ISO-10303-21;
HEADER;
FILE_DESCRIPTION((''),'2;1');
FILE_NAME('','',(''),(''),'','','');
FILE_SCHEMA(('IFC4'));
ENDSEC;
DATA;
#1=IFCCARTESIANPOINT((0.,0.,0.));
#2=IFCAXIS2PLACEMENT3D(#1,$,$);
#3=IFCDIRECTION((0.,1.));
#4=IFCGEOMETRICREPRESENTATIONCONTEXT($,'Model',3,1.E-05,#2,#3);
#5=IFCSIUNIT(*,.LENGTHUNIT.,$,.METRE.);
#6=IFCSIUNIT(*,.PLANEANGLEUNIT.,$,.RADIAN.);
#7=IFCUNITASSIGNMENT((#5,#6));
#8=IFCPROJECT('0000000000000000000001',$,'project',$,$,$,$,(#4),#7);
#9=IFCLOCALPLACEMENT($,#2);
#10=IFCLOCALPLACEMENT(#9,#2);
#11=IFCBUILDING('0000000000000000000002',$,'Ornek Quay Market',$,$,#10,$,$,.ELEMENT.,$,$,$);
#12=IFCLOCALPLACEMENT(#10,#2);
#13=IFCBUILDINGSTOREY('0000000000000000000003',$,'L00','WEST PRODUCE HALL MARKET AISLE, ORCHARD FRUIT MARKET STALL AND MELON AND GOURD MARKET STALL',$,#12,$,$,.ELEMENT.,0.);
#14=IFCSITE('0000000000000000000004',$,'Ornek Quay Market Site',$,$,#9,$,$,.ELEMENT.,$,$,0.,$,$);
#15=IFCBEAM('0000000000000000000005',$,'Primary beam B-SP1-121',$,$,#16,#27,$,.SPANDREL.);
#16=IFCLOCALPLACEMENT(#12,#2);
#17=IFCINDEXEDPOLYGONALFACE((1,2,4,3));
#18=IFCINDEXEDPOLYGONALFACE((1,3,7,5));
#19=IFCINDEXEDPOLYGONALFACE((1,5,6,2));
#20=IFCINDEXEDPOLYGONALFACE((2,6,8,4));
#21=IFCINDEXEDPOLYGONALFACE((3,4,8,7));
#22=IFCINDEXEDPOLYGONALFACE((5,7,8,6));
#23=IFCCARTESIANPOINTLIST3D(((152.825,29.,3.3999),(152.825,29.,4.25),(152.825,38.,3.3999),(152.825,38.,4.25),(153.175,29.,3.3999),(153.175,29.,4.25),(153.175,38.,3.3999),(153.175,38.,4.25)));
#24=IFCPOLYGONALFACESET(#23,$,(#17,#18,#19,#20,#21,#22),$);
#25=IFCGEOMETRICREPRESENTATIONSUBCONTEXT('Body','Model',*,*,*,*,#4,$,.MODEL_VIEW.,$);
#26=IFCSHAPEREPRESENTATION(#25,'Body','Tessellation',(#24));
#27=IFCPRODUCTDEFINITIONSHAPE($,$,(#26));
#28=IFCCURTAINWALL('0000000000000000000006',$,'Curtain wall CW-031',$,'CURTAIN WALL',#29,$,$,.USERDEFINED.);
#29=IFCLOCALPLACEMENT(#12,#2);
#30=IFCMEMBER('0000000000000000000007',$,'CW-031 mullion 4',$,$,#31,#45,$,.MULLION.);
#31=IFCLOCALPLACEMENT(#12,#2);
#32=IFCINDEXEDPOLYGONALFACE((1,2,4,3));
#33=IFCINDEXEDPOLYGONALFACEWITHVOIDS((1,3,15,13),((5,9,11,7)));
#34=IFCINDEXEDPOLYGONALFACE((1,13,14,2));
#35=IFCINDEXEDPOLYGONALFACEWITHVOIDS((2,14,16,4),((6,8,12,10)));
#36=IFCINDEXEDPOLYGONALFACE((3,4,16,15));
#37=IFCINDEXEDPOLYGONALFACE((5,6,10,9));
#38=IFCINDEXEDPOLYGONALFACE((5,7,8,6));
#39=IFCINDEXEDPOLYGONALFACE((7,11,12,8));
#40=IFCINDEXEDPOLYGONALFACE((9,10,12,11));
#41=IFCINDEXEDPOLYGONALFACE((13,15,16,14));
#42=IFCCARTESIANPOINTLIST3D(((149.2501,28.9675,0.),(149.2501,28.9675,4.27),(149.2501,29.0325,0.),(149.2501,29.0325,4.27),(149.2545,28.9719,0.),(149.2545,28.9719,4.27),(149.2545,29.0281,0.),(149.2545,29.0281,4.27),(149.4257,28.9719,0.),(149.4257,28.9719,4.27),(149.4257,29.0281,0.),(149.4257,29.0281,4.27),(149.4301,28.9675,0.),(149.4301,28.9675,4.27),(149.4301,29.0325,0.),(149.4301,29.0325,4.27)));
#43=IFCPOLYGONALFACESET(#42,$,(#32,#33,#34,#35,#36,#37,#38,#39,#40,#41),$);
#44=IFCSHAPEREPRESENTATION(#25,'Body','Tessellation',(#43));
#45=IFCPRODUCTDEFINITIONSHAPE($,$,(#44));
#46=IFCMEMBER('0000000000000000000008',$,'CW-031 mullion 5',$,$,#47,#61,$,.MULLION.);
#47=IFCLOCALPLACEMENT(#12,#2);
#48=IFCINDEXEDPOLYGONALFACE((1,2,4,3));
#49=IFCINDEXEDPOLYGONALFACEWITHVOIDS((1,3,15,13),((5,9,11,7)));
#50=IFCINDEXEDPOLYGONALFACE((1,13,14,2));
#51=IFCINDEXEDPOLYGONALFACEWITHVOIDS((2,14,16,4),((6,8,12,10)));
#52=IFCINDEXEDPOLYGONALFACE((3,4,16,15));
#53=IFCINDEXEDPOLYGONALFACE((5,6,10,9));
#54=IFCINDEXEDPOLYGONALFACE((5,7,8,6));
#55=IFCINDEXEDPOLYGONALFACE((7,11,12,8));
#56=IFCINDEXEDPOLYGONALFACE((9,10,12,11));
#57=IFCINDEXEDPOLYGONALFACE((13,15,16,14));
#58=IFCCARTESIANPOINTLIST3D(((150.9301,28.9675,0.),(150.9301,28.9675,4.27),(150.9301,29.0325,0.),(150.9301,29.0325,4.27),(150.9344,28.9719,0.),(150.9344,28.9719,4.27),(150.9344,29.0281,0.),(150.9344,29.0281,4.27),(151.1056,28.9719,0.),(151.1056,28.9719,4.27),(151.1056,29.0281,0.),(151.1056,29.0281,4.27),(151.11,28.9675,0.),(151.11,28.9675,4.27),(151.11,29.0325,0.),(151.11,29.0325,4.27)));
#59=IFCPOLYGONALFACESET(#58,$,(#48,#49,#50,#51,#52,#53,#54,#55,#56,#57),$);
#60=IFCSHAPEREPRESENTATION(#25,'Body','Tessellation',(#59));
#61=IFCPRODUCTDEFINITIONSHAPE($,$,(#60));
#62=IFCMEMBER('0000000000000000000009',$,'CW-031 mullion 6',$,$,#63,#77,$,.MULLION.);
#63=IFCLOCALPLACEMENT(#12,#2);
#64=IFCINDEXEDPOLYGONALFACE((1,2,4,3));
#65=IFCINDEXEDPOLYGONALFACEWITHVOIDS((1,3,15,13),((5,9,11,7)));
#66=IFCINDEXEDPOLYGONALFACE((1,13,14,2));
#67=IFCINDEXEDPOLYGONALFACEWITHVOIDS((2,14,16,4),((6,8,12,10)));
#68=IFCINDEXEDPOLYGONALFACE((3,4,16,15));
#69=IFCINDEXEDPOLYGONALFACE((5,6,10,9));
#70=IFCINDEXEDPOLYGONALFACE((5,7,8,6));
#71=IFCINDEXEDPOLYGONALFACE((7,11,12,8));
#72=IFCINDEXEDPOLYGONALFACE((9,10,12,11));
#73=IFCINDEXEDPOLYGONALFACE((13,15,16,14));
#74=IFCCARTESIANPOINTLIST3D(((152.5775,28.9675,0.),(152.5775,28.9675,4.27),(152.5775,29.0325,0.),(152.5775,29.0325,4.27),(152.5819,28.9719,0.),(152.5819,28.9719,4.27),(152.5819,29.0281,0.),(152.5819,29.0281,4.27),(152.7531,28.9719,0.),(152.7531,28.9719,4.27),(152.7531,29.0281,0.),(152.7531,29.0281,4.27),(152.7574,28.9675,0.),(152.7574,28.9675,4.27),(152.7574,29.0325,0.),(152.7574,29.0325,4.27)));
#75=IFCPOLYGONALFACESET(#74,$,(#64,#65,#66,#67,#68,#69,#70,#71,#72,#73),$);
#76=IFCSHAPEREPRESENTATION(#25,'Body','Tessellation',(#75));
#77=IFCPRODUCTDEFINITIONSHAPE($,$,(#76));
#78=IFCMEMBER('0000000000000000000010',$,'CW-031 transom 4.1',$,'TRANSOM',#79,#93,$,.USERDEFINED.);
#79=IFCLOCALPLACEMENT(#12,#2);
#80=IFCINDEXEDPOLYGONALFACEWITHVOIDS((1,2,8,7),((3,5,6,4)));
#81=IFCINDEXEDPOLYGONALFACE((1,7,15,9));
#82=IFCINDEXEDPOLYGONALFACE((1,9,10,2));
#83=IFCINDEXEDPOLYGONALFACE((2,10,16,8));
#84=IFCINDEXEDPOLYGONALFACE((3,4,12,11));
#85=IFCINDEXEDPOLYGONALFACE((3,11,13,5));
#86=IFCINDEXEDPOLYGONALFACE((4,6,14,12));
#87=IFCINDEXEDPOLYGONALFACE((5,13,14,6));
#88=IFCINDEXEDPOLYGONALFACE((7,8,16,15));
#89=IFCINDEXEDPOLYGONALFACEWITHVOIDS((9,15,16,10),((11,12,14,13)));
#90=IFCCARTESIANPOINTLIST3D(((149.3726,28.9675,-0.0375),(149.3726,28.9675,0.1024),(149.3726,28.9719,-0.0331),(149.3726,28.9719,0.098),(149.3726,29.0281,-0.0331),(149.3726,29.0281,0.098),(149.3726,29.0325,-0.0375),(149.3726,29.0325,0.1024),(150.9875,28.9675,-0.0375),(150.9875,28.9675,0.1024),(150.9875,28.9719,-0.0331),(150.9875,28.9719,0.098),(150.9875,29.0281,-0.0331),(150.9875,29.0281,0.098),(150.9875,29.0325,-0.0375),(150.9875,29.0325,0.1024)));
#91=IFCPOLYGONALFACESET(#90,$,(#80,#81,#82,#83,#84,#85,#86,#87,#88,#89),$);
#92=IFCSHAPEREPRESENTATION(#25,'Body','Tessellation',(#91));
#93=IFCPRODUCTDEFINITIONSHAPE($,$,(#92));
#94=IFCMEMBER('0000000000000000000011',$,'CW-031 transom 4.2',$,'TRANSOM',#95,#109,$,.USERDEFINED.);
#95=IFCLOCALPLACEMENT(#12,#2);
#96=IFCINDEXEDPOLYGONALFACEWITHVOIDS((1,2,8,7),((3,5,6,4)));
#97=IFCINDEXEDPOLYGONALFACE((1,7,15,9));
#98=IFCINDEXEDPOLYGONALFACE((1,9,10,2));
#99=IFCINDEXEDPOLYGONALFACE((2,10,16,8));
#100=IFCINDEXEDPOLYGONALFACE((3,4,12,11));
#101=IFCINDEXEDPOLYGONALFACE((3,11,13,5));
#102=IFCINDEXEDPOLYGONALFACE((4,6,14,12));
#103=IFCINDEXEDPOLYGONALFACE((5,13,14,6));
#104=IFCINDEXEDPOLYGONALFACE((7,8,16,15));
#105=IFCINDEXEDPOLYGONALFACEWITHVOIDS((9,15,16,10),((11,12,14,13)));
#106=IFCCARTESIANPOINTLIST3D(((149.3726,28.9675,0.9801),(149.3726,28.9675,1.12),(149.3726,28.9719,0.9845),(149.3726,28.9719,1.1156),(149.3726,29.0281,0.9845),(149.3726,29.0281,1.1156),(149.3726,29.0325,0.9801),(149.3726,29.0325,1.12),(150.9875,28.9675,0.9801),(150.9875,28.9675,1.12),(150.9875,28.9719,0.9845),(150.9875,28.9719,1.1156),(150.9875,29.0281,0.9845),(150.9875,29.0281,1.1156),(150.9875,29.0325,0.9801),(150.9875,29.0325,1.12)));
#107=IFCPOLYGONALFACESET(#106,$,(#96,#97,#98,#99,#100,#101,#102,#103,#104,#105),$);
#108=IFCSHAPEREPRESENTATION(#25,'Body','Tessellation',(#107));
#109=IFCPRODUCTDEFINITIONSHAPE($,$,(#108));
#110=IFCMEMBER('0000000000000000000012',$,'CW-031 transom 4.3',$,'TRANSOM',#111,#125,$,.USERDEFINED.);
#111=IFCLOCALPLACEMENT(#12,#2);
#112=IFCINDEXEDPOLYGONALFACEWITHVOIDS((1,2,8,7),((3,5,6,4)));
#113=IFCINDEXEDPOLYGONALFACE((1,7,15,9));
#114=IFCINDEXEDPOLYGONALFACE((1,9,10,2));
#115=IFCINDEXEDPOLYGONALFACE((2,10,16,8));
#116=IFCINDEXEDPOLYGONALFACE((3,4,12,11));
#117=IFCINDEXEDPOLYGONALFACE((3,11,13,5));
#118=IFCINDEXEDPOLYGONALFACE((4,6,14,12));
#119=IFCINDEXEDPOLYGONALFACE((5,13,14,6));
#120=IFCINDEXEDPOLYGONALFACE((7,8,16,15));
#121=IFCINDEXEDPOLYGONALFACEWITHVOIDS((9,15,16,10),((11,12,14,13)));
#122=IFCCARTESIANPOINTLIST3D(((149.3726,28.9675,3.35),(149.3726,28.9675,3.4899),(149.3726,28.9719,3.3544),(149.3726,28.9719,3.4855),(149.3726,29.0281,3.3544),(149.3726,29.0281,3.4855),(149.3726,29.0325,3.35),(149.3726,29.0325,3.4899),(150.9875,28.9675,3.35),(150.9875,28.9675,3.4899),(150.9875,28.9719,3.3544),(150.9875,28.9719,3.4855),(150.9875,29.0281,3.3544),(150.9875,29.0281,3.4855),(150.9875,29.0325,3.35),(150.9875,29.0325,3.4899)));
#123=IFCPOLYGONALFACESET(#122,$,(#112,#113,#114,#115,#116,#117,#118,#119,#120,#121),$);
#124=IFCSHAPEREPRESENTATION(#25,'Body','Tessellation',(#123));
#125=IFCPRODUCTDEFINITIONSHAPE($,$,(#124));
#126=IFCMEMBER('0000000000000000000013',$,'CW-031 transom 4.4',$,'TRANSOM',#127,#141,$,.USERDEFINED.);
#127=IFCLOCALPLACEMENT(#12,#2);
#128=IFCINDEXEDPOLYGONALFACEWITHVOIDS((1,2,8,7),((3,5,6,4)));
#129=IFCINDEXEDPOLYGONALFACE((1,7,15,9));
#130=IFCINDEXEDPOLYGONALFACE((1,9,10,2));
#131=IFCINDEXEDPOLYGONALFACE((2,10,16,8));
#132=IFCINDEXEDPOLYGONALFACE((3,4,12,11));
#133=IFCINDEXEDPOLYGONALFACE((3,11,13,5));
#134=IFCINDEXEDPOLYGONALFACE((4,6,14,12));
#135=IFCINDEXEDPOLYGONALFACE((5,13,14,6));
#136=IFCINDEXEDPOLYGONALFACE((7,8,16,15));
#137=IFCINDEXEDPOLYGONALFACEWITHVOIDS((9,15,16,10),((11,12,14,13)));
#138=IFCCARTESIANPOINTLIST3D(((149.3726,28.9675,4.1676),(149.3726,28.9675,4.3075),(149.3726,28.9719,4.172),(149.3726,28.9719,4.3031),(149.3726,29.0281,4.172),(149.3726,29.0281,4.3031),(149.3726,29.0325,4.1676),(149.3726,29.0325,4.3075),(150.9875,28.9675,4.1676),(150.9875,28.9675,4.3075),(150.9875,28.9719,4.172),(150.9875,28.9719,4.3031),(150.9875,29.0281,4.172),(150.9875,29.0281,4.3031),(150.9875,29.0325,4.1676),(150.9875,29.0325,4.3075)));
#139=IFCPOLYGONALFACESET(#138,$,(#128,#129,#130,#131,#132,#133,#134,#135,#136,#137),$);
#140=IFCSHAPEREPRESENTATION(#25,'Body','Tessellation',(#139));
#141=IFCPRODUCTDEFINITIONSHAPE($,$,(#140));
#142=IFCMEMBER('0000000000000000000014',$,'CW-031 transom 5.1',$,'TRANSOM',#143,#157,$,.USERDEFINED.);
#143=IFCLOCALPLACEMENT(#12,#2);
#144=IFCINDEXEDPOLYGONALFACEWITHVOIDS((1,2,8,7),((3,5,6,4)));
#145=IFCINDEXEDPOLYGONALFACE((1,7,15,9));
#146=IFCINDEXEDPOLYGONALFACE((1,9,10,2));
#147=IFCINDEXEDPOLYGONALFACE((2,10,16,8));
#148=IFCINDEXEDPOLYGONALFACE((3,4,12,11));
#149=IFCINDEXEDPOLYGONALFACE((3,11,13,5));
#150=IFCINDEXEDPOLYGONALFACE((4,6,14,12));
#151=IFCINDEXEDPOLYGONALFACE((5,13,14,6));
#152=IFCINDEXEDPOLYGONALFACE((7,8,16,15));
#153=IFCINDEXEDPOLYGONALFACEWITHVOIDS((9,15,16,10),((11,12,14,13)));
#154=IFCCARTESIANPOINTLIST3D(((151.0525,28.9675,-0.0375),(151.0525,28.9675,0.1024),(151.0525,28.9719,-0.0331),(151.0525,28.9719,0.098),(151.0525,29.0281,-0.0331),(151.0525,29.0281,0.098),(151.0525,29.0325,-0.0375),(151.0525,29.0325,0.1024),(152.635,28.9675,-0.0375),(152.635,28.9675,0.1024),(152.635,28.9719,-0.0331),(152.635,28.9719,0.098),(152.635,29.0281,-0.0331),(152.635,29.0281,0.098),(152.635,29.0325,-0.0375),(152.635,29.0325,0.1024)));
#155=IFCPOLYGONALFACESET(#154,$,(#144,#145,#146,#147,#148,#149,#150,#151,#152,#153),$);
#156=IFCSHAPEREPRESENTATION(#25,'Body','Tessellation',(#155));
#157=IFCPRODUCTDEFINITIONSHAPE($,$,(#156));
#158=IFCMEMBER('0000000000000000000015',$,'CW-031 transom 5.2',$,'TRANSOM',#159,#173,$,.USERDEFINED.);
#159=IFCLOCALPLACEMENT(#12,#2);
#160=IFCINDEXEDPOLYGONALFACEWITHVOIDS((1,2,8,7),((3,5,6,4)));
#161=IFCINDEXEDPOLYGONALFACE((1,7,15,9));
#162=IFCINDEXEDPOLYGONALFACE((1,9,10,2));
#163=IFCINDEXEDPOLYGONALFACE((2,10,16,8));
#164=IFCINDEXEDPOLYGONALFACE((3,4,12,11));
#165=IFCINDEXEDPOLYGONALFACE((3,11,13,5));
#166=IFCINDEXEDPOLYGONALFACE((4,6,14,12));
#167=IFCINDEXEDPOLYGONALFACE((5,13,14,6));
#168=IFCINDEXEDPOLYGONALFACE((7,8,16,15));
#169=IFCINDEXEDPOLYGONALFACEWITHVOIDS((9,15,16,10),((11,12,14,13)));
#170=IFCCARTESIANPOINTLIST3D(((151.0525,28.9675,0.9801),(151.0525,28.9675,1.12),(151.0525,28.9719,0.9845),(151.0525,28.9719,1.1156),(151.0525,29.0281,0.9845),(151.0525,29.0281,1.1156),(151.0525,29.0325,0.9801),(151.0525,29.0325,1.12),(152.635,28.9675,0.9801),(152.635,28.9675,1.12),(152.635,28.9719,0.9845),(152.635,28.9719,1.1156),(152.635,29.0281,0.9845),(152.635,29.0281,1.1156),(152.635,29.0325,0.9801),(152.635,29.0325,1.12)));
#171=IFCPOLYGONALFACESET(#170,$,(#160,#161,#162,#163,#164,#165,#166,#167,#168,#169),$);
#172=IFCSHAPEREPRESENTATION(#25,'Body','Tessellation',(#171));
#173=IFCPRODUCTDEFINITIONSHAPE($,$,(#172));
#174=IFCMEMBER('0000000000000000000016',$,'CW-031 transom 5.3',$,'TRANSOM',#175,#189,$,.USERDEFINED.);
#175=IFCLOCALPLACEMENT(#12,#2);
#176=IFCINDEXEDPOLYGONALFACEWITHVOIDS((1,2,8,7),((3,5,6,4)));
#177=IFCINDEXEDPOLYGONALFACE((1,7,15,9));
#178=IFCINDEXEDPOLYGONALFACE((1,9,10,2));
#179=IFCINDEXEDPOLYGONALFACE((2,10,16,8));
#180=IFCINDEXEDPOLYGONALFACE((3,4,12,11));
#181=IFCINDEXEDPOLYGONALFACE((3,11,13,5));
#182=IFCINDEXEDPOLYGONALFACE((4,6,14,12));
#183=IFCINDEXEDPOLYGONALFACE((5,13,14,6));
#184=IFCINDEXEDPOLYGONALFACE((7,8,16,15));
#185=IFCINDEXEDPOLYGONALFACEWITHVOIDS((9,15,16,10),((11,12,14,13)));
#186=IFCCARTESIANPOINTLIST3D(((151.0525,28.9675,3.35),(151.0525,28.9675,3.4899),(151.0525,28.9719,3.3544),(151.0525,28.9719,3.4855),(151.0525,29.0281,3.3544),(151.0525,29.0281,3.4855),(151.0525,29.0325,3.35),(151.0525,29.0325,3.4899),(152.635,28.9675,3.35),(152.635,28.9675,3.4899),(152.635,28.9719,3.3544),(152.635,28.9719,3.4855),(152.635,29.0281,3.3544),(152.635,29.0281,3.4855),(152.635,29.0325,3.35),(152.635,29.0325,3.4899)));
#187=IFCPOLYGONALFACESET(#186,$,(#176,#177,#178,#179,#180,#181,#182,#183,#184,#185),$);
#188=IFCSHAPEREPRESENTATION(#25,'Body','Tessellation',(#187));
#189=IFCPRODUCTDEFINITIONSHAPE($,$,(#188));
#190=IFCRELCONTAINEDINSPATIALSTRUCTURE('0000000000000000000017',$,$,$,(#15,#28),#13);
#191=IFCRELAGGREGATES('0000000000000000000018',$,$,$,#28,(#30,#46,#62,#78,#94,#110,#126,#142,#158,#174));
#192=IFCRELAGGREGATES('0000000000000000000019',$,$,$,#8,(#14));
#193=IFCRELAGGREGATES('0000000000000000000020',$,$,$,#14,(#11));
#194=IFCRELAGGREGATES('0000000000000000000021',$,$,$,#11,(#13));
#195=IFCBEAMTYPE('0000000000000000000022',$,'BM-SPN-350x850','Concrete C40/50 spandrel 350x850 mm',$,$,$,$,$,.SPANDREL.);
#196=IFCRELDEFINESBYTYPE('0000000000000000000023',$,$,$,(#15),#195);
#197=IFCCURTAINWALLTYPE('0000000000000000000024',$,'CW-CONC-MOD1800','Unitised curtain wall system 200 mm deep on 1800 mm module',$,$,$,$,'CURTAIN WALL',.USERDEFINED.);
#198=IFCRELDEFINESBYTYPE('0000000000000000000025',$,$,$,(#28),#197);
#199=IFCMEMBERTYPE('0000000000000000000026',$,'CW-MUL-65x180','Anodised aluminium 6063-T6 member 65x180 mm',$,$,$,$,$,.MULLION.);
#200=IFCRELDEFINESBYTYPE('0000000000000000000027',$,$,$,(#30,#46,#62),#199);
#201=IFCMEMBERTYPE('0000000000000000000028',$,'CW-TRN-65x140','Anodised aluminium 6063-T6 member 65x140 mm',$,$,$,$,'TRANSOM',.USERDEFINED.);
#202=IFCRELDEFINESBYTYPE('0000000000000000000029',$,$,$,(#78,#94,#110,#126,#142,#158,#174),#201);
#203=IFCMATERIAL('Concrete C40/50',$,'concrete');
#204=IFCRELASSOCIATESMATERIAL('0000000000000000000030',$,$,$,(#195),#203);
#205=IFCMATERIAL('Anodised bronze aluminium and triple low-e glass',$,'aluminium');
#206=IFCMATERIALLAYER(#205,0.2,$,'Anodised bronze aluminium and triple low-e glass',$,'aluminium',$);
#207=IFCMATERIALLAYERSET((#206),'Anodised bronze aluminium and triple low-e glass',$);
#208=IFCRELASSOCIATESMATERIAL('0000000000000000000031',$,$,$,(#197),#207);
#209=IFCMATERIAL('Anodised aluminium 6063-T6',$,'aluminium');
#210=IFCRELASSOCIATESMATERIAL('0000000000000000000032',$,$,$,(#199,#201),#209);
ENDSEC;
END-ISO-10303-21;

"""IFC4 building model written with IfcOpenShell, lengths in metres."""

from ifc_helpers import new_model, si_unit, direction, frame, origin, origin_2d, place, context, subcontext, project, spatial, rectangle, hollow_rectangle, extrude, material, layer, layer_set, material_profile, profile_set, type_object, element, aggregate, save


model = new_model("IFC4")

# Units and contexts
model_context = context("Model", 3, precision=1e-05, world=origin(), true_north=direction((0.0, 1.0)))
body_context = subcontext(model_context, "Body", "Model", "MODEL_VIEW")
ifc_project = project(units=[si_unit("LENGTHUNIT", "METRE"), si_unit("PLANEANGLEUNIT", "RADIAN")], contexts=[model_context])

# Site, building, storey
site_placement = place(None, origin())
site = spatial("IfcSite", under=ifc_project, at=site_placement, Name="Ornek Quay Market Site", CompositionType="ELEMENT", RefElevation=0.0)
building_placement = place(site_placement, origin())
building = spatial("IfcBuilding", under=site, at=building_placement, Name="Ornek Quay Market", CompositionType="ELEMENT")
storey_placement = place(building_placement, origin())
storey = spatial("IfcBuildingStorey", under=building, at=storey_placement, Name="L00", Description="WEST PRODUCE HALL MARKET AISLE, ORCHARD FRUIT MARKET STALL AND MELON AND GOURD MARKET STALL", CompositionType="ELEMENT", Elevation=0.0)

# Shared definitions
ifc_material_1 = material(Name="Concrete C40/50", Category="concrete")

# Beam
ifc_material_profile_1 = material_profile(ifc_material_1, rectangle(XDim=0.3501, YDim=0.8501, at=origin_2d()), Name="RC 350x850", Category="concrete")
ifc_profile_set_1 = profile_set([ifc_material_profile_1], Name="Concrete C40/50")
beam_type_1 = type_object("IfcBeamType", Name="BM-SPN-350x850", Description="Concrete C40/50 spandrel 350x850 mm", PredefinedType="SPANDREL", material=ifc_profile_set_1)
beam_1_placement = place(storey_placement, frame((153.0, 29.0, 3.825), z_axis=(0.0, 1.0, 0.0), x_axis=(-1.0, 0.0, 0.0)))
element("IfcBeam", 1, at=beam_1_placement, inside=storey, type_object=beam_type_1, Name="Primary beam B-SP1-121", PredefinedType="SPANDREL", context=body_context, shape_type="SweptSolid", body=[
    extrude(rectangle(XDim=0.3501, YDim=0.8501, at=origin_2d()), origin(), (0.0, 0.0, 1.0), 9.0),
])

# Curtain wall, members
ifc_material_2 = material(Name="Anodised bronze aluminium and triple low-e glass", Category="aluminium")
ifc_layer_1 = layer(ifc_material_2, 0.2, Name="Anodised bronze aluminium and triple low-e glass", Category="aluminium")
ifc_layer_set_1 = layer_set([ifc_layer_1], Name="Anodised bronze aluminium and triple low-e glass")
curtain_wall_type = type_object("IfcCurtainWallType", Name="CW-CONC-MOD1800", Description="Unitised curtain wall system 200 mm deep on 1800 mm module", ElementType="CURTAIN WALL", PredefinedType="USERDEFINED", material=ifc_layer_set_1)
curtain_wall_placement = place(storey_placement, origin())
curtain_wall = element("IfcCurtainWall", 2, at=curtain_wall_placement, inside=storey, type_object=curtain_wall_type, Name="Curtain wall CW-031", ObjectType="CURTAIN WALL", PredefinedType="USERDEFINED")
ifc_material_3 = material(Name="Anodised aluminium 6063-T6", Category="aluminium")
ifc_material_profile_2 = material_profile(ifc_material_3, hollow_rectangle(XDim=0.0649, YDim=0.1799, WallThickness=0.0044, at=origin_2d()), Name="CW-MUL-65x180", Category="aluminium")
ifc_profile_set_2 = profile_set([ifc_material_profile_2], Name="Anodised aluminium 6063-T6")
member_type_1 = type_object("IfcMemberType", Name="CW-MUL-65x180", Description="Anodised aluminium 6063-T6 member 65x180 mm", PredefinedType="MULLION", material=ifc_profile_set_2)
member_1_placement = place(storey_placement, frame((149.3401, 29.0, 0.0), z_axis=(0.0, 0.0, 1.0), x_axis=(0.0, 1.0, 0.0)))
member_1 = element("IfcMember", 3, at=member_1_placement, type_object=member_type_1, Name="CW-031 mullion 4", PredefinedType="MULLION", context=body_context, shape_type="SweptSolid", body=[
    extrude(hollow_rectangle(XDim=0.0649, YDim=0.1799, WallThickness=0.0044, at=origin_2d()), origin(), (0.0, 0.0, 1.0), 4.27),
])
member_2_placement = place(storey_placement, frame((151.02, 29.0, 0.0), z_axis=(0.0, 0.0, 1.0), x_axis=(0.0, 1.0, 0.0)))
member_2 = element("IfcMember", 4, at=member_2_placement, type_object=member_type_1, Name="CW-031 mullion 5", PredefinedType="MULLION", context=body_context, shape_type="SweptSolid", body=[
    extrude(hollow_rectangle(XDim=0.0649, YDim=0.1799, WallThickness=0.0044, at=origin_2d()), origin(), (0.0, 0.0, 1.0), 4.27),
])
member_3_placement = place(storey_placement, frame((152.6675, 29.0, 0.0), z_axis=(0.0, 0.0, 1.0), x_axis=(0.0, 1.0, 0.0)))
member_3 = element("IfcMember", 5, at=member_3_placement, type_object=member_type_1, Name="CW-031 mullion 6", PredefinedType="MULLION", context=body_context, shape_type="SweptSolid", body=[
    extrude(hollow_rectangle(XDim=0.0649, YDim=0.1799, WallThickness=0.0044, at=origin_2d()), origin(), (0.0, 0.0, 1.0), 4.27),
])
ifc_material_profile_3 = material_profile(ifc_material_3, hollow_rectangle(XDim=0.0649, YDim=0.1399, WallThickness=0.0044, at=origin_2d()), Name="CW-TRN-65x140", Category="aluminium")
ifc_profile_set_3 = profile_set([ifc_material_profile_3], Name="Anodised aluminium 6063-T6")
member_type_2 = type_object("IfcMemberType", Name="CW-TRN-65x140", Description="Anodised aluminium 6063-T6 member 65x140 mm", ElementType="TRANSOM", PredefinedType="USERDEFINED", material=ifc_profile_set_3)
member_4_placement = place(storey_placement, frame((149.3726, 29.0, 0.0325), z_axis=(1.0, 0.0, 0.0), x_axis=(0.0, 1.0, 0.0)))
member_4 = element("IfcMember", 6, at=member_4_placement, type_object=member_type_2, Name="CW-031 transom 4.1", ObjectType="TRANSOM", PredefinedType="USERDEFINED", context=body_context, shape_type="SweptSolid", body=[
    extrude(hollow_rectangle(XDim=0.0649, YDim=0.1399, WallThickness=0.0044, at=origin_2d()), origin(), (0.0, 0.0, 1.0), 1.615),
])
member_5_placement = place(storey_placement, frame((149.3726, 29.0, 1.05), z_axis=(1.0, 0.0, 0.0), x_axis=(0.0, 1.0, 0.0)))
member_5 = element("IfcMember", 7, at=member_5_placement, type_object=member_type_2, Name="CW-031 transom 4.2", ObjectType="TRANSOM", PredefinedType="USERDEFINED", context=body_context, shape_type="SweptSolid", body=[
    extrude(hollow_rectangle(XDim=0.0649, YDim=0.1399, WallThickness=0.0044, at=origin_2d()), origin(), (0.0, 0.0, 1.0), 1.615),
])
member_6_placement = place(storey_placement, frame((149.3726, 29.0, 3.4199), z_axis=(1.0, 0.0, 0.0), x_axis=(0.0, 1.0, 0.0)))
member_6 = element("IfcMember", 8, at=member_6_placement, type_object=member_type_2, Name="CW-031 transom 4.3", ObjectType="TRANSOM", PredefinedType="USERDEFINED", context=body_context, shape_type="SweptSolid", body=[
    extrude(hollow_rectangle(XDim=0.0649, YDim=0.1399, WallThickness=0.0044, at=origin_2d()), origin(), (0.0, 0.0, 1.0), 1.615),
])
member_7_placement = place(storey_placement, frame((149.3726, 29.0, 4.2375), z_axis=(1.0, 0.0, 0.0), x_axis=(0.0, 1.0, 0.0)))
member_7 = element("IfcMember", 9, at=member_7_placement, type_object=member_type_2, Name="CW-031 transom 4.4", ObjectType="TRANSOM", PredefinedType="USERDEFINED", context=body_context, shape_type="SweptSolid", body=[
    extrude(hollow_rectangle(XDim=0.0649, YDim=0.1399, WallThickness=0.0044, at=origin_2d()), origin(), (0.0, 0.0, 1.0), 1.615),
])
member_8_placement = place(storey_placement, frame((151.0525, 29.0, 0.0325), z_axis=(1.0, 0.0, 0.0), x_axis=(0.0, 1.0, 0.0)))
member_8 = element("IfcMember", 10, at=member_8_placement, type_object=member_type_2, Name="CW-031 transom 5.1", ObjectType="TRANSOM", PredefinedType="USERDEFINED", context=body_context, shape_type="SweptSolid", body=[
    extrude(hollow_rectangle(XDim=0.0649, YDim=0.1399, WallThickness=0.0044, at=origin_2d()), origin(), (0.0, 0.0, 1.0), 1.5825),
])
member_9_placement = place(storey_placement, frame((151.0525, 29.0, 1.05), z_axis=(1.0, 0.0, 0.0), x_axis=(0.0, 1.0, 0.0)))
member_9 = element("IfcMember", 11, at=member_9_placement, type_object=member_type_2, Name="CW-031 transom 5.2", ObjectType="TRANSOM", PredefinedType="USERDEFINED", context=body_context, shape_type="SweptSolid", body=[
    extrude(hollow_rectangle(XDim=0.0649, YDim=0.1399, WallThickness=0.0044, at=origin_2d()), origin(), (0.0, 0.0, 1.0), 1.5825),
])
member_10_placement = place(storey_placement, frame((151.0525, 29.0, 3.4199), z_axis=(1.0, 0.0, 0.0), x_axis=(0.0, 1.0, 0.0)))
member_10 = element("IfcMember", 12, at=member_10_placement, type_object=member_type_2, Name="CW-031 transom 5.3", ObjectType="TRANSOM", PredefinedType="USERDEFINED", context=body_context, shape_type="SweptSolid", body=[
    extrude(hollow_rectangle(XDim=0.0649, YDim=0.1399, WallThickness=0.0044, at=origin_2d()), origin(), (0.0, 0.0, 1.0), 1.5825),
])
aggregate(curtain_wall, [member_1, member_2, member_3, member_4, member_5, member_6, member_7, member_8, member_9, member_10])

save(model, "model.ifc")
